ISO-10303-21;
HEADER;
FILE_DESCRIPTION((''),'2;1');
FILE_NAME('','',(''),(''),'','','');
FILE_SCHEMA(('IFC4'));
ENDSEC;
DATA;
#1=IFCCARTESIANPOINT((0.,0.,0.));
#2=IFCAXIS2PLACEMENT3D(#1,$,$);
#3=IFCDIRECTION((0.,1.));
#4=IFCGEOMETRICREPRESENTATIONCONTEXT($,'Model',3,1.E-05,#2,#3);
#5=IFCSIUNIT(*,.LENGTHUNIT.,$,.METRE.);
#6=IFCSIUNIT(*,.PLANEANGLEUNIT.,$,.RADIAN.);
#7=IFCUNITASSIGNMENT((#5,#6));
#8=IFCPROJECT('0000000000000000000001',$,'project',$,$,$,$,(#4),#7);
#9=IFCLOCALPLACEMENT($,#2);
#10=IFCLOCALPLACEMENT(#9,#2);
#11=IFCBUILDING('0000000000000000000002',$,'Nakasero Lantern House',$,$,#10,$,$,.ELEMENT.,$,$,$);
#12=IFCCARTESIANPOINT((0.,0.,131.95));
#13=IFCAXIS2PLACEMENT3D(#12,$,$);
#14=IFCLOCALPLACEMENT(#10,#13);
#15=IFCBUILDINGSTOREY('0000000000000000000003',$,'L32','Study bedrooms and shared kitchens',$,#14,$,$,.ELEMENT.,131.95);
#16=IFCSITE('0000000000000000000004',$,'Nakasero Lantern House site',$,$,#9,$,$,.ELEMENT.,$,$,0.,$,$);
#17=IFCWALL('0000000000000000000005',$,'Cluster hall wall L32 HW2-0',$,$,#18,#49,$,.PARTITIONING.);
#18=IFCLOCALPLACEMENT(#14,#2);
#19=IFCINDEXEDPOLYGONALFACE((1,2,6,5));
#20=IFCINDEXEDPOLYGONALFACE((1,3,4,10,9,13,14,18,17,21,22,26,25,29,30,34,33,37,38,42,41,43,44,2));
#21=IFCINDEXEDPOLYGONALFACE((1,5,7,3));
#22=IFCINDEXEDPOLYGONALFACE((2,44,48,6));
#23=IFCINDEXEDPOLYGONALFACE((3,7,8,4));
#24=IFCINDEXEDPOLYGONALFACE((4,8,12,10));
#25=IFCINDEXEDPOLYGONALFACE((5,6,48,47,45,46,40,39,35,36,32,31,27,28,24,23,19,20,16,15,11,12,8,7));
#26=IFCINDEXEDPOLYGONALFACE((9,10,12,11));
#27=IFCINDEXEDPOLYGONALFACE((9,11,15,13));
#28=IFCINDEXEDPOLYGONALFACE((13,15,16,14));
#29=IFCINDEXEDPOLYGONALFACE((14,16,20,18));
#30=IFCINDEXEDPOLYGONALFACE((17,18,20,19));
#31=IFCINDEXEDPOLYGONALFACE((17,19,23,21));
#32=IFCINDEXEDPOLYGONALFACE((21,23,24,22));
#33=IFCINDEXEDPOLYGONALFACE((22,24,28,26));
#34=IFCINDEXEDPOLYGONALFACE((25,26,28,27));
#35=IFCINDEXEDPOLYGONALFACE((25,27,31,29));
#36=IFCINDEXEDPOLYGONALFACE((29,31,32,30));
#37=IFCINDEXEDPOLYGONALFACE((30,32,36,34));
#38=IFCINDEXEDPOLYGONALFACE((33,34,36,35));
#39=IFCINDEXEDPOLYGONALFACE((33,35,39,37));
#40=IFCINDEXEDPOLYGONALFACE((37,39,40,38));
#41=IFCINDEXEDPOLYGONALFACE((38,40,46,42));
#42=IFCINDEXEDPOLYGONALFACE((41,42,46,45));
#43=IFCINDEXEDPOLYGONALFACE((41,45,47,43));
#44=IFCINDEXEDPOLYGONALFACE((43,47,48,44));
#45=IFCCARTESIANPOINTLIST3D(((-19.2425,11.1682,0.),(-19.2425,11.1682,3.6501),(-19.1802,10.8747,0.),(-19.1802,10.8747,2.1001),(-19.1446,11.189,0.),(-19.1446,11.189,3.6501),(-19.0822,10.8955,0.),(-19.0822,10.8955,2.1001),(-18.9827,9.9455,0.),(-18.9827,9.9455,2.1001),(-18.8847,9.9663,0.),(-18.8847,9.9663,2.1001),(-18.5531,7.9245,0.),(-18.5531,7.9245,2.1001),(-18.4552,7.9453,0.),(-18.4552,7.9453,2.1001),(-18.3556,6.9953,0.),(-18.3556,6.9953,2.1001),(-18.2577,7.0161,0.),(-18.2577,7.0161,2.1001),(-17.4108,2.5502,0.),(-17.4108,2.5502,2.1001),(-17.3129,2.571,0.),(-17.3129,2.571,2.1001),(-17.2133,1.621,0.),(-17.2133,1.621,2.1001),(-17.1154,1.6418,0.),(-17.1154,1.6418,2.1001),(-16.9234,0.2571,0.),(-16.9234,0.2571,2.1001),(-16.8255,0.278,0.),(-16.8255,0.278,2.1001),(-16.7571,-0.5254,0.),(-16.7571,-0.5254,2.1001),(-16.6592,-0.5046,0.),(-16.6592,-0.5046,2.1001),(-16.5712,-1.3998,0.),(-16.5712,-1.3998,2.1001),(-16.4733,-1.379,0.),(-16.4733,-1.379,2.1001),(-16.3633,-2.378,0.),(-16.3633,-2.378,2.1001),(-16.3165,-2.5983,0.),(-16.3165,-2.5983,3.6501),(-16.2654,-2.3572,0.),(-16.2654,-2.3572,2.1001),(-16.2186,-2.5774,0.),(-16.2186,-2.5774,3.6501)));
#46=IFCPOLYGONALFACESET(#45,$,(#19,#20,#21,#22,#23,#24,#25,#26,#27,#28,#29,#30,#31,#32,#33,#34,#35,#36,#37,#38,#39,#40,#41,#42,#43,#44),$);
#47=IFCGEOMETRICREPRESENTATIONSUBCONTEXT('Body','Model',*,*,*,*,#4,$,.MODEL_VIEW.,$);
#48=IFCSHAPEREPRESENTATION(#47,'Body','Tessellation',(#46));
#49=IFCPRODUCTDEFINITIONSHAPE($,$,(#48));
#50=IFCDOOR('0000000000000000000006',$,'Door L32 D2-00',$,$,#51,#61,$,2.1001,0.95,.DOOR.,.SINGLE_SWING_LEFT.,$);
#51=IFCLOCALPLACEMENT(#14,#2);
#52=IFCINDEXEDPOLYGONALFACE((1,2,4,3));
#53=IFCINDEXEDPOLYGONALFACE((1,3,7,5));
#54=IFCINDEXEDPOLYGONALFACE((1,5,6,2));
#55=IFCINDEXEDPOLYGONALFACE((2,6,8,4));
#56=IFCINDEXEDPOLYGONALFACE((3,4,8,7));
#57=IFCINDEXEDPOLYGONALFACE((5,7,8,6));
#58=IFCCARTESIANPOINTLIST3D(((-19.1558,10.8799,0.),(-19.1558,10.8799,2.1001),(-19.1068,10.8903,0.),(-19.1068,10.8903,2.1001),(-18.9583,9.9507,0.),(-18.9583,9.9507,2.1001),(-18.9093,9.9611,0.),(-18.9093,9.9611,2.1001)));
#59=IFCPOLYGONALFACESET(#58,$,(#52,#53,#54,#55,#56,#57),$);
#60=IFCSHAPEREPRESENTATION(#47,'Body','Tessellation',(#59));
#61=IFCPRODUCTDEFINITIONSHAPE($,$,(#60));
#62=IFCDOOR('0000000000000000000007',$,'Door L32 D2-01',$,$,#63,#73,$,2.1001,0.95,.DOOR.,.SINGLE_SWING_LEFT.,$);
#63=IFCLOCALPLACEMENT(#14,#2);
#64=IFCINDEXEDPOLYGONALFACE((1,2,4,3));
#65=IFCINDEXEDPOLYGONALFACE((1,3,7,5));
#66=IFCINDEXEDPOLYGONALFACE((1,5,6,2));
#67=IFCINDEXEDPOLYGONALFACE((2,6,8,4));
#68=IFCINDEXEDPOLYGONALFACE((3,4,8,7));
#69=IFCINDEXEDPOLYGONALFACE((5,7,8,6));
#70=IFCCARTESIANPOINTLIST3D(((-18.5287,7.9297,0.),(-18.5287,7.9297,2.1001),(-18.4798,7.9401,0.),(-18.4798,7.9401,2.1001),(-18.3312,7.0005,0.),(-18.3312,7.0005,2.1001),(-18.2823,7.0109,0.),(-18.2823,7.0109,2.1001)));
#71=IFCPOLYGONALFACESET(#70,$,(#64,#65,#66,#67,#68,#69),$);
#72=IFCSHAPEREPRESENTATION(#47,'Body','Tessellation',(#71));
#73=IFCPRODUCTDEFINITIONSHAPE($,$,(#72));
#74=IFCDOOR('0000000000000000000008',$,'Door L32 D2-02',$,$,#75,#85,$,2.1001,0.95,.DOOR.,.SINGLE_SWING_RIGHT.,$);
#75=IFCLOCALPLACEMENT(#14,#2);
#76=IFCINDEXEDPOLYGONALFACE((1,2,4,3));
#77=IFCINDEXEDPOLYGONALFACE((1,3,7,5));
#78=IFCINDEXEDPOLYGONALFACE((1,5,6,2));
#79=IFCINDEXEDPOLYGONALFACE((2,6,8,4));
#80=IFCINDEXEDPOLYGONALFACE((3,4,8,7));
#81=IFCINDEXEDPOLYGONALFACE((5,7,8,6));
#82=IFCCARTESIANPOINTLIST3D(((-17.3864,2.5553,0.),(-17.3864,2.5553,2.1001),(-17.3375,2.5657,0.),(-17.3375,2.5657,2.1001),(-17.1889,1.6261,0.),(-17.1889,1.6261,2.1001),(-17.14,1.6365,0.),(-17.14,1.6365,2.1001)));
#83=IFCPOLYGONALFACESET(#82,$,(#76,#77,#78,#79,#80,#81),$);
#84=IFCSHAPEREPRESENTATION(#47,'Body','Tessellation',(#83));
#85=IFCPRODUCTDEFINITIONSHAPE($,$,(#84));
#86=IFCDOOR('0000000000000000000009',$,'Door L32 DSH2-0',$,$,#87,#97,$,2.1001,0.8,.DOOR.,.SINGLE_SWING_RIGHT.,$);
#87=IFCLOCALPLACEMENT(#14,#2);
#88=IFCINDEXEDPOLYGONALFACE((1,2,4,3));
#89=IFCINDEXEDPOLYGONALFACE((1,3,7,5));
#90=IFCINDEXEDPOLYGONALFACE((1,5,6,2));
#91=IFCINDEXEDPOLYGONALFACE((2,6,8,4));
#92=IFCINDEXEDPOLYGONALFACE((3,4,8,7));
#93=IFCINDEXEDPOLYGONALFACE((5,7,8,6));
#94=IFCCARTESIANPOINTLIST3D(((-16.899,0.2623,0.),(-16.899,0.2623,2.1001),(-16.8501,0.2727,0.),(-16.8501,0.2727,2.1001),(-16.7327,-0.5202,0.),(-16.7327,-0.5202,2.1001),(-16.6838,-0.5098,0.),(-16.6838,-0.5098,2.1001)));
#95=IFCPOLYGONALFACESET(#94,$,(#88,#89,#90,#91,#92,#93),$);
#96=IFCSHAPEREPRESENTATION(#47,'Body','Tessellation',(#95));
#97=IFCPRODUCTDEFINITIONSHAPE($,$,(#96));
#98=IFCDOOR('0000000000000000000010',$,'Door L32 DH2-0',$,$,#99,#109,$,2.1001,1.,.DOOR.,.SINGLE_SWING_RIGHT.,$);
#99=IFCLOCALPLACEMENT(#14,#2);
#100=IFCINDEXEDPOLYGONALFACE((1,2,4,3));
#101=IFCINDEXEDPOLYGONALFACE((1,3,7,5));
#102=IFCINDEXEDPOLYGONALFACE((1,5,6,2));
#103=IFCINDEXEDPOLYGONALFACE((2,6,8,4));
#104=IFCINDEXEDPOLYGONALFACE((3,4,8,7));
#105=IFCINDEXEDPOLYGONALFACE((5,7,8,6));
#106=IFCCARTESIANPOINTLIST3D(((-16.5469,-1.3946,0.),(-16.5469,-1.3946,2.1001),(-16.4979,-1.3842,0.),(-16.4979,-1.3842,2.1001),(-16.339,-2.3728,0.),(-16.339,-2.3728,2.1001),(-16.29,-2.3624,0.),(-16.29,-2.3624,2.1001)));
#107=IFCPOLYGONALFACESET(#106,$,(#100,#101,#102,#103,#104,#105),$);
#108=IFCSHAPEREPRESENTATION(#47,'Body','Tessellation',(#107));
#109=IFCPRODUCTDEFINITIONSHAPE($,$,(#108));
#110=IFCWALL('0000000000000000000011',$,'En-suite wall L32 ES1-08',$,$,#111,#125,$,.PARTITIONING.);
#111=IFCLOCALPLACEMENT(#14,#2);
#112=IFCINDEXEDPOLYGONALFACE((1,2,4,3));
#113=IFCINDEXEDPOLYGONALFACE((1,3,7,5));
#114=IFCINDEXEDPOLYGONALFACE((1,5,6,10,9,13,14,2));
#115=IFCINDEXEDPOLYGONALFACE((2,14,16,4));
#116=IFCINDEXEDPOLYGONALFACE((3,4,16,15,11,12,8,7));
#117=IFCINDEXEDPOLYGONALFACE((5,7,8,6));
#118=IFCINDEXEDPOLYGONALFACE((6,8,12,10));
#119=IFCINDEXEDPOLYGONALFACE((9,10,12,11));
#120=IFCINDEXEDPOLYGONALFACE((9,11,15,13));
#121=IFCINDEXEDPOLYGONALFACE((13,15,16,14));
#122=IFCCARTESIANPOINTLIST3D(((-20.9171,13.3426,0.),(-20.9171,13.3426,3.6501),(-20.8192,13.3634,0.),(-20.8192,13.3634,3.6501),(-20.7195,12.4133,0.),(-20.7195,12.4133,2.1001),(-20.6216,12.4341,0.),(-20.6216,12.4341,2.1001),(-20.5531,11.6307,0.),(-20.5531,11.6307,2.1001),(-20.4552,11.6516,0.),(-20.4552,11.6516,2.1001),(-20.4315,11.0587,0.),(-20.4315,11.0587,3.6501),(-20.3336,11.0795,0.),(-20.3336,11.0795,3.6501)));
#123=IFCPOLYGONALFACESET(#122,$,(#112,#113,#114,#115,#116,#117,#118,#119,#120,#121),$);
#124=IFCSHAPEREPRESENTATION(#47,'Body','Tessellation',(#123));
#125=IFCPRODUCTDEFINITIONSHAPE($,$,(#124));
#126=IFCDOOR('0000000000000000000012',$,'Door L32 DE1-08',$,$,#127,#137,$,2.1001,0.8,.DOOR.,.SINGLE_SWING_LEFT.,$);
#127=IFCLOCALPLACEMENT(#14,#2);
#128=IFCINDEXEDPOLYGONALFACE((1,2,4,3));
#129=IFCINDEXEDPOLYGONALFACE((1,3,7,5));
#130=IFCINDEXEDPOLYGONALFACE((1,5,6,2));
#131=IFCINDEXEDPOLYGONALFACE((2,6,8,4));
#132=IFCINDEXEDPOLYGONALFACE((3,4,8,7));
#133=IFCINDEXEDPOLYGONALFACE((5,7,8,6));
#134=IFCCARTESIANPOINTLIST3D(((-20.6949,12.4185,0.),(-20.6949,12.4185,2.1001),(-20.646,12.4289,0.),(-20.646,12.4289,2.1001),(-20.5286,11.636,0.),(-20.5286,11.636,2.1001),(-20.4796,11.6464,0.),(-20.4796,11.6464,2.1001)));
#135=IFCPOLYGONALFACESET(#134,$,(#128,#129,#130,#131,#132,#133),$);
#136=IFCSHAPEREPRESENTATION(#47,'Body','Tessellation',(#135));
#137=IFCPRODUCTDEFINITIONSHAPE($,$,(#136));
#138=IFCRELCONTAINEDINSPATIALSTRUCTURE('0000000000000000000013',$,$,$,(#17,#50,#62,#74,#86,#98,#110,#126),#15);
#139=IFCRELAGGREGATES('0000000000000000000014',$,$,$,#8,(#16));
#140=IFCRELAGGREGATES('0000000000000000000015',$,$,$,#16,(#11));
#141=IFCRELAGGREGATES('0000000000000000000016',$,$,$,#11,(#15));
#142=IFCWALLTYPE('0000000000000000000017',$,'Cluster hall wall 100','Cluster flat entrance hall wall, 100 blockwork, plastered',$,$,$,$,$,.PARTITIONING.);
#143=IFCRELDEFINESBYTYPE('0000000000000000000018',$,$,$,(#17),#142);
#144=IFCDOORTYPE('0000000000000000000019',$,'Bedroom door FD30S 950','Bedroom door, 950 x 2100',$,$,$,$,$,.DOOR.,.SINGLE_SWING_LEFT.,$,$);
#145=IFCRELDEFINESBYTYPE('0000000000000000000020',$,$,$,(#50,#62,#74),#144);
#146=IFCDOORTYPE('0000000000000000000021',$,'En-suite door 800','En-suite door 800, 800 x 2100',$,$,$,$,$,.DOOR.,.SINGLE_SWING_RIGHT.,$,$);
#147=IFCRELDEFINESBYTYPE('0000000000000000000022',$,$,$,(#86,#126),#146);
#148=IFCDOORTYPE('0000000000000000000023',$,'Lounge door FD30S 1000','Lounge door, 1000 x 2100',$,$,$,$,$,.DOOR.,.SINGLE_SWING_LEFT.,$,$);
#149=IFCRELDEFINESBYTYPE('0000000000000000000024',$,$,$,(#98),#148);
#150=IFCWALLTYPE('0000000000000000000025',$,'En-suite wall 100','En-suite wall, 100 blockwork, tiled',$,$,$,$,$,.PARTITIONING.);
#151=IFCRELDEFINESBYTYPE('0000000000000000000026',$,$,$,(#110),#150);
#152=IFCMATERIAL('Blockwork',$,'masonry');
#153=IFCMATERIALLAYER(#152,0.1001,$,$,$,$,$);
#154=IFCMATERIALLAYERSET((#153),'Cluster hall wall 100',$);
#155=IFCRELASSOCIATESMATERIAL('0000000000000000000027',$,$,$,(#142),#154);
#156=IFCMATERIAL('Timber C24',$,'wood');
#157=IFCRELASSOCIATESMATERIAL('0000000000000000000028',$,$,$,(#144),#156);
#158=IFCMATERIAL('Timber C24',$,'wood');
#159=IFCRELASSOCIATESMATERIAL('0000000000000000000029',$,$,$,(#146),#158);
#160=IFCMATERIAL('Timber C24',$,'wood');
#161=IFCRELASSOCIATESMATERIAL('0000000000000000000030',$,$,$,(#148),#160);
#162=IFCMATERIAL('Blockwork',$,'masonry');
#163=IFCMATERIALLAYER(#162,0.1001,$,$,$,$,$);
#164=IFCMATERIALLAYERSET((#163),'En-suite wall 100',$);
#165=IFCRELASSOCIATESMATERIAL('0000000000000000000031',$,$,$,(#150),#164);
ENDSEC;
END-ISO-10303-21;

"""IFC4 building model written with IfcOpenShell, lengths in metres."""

from ifc_helpers import new_model, si_unit, direction, frame, frame_2d, origin, place, context, subcontext, project, spatial, rectangle, extrude, material, layer, layer_set, type_object, element, fill, save


model = new_model("IFC4")

# Units and contexts
model_context = context("Model", 3, precision=1e-05, world=origin(), true_north=direction((0.0, 1.0)))
body_context = subcontext(model_context, "Body", "Model", "MODEL_VIEW")
ifc_project = project(units=[si_unit("LENGTHUNIT", "METRE"), si_unit("PLANEANGLEUNIT", "RADIAN")], contexts=[model_context])

# Site, building, storey
site_placement = place(None, origin())
site = spatial("IfcSite", under=ifc_project, at=site_placement, Name="Nakasero Lantern House site", CompositionType="ELEMENT", RefElevation=0.0)
building_placement = place(site_placement, origin())
building = spatial("IfcBuilding", under=site, at=building_placement, Name="Nakasero Lantern House", CompositionType="ELEMENT")
storey_placement = place(building_placement, frame((0.0, 0.0, 131.95)))
storey = spatial("IfcBuildingStorey", under=building, at=storey_placement, Name="L32", Description="Study bedrooms and shared kitchens", CompositionType="ELEMENT", Elevation=131.95)

# Wall, openings, doors
ifc_material_1 = material(Name="Blockwork", Category="masonry")
ifc_layer_1 = layer(ifc_material_1, 0.1001)
ifc_layer_set_1 = layer_set([ifc_layer_1], Name="Cluster hall wall 100")
wall_type_1 = type_object("IfcWallType", Name="Cluster hall wall 100", Description="Cluster flat entrance hall wall, 100 blockwork, plastered", PredefinedType="PARTITIONING", material=ifc_layer_set_1)
wall_1_placement = place(storey_placement, frame((-19.1936, 11.1787, 0.0), z_axis=(0.0, 0.0, 1.0), x_axis=(0.207905, -0.978149, 0.0)))
wall_1 = element("IfcWall", 1, at=wall_1_placement, inside=storey, type_object=wall_type_1, Name="Cluster hall wall L32 HW2-0", PredefinedType="PARTITIONING", context=body_context, shape_type="SweptSolid", body=[
    extrude(rectangle(XDim=14.074, YDim=0.1001, at=frame_2d((7.0371, 0.0))), origin(), (0.0, 0.0, 1.0), 3.6501),
])
opening_1_placement = place(wall_1_placement, frame((12.8489, 0.0, 0.0)))
opening_1 = element("IfcOpeningElement", 2, at=opening_1_placement, cuts=wall_1, PredefinedType="OPENING", context=body_context, shape_type="SweptSolid", body=[
    extrude(rectangle(XDim=1.0, YDim=2.1001, at=frame_2d((0.5, 1.05))), frame((0.0, 0.0701, 0.0), z_axis=(0.0, -1.0, 0.0), x_axis=(1.0, 0.0, 0.0)), (0.0, 0.0, 1.0), 0.1401),
])
opening_2_placement = place(wall_1_placement, frame((11.155, 0.0, 0.0)))
opening_2 = element("IfcOpeningElement", 3, at=opening_2_placement, cuts=wall_1, PredefinedType="OPENING", context=body_context, shape_type="SweptSolid", body=[
    extrude(rectangle(XDim=0.8, YDim=2.1001, at=frame_2d((0.3999, 1.05))), frame((0.0, 0.0701, 0.0), z_axis=(0.0, -1.0, 0.0), x_axis=(1.0, 0.0, 0.0)), (0.0, 0.0, 1.0), 0.1401),
])
opening_3_placement = place(wall_1_placement, frame((0.3, 0.0, 0.0)))
opening_3 = element("IfcOpeningElement", 4, at=opening_3_placement, cuts=wall_1, PredefinedType="OPENING", context=body_context, shape_type="SweptSolid", body=[
    extrude(rectangle(XDim=0.95, YDim=2.1001, at=frame_2d((0.4751, 1.05))), frame((0.0, 0.0701, 0.0), z_axis=(0.0, -1.0, 0.0), x_axis=(1.0, 0.0, 0.0)), (0.0, 0.0, 1.0), 0.1401),
])
opening_4_placement = place(wall_1_placement, frame((3.3162, 0.0, 0.0)))
opening_4 = element("IfcOpeningElement", 5, at=opening_4_placement, cuts=wall_1, PredefinedType="OPENING", context=body_context, shape_type="SweptSolid", body=[
    extrude(rectangle(XDim=0.95, YDim=2.1001, at=frame_2d((0.4751, 1.05))), frame((0.0, 0.0701, 0.0), z_axis=(0.0, -1.0, 0.0), x_axis=(1.0, 0.0, 0.0)), (0.0, 0.0, 1.0), 0.1401),
])
opening_5_placement = place(wall_1_placement, frame((8.8105, 0.0, 0.0)))
opening_5 = element("IfcOpeningElement", 6, at=opening_5_placement, cuts=wall_1, PredefinedType="OPENING", context=body_context, shape_type="SweptSolid", body=[
    extrude(rectangle(XDim=0.95, YDim=2.1001, at=frame_2d((0.4751, 1.05))), frame((0.0, 0.0701, 0.0), z_axis=(0.0, -1.0, 0.0), x_axis=(1.0, 0.0, 0.0)), (0.0, 0.0, 1.0), 0.1401),
])
ifc_material_2 = material(Name="Timber C24", Category="wood")
door_type_1 = type_object("IfcDoorType", Name="Bedroom door FD30S 950", Description="Bedroom door, 950 x 2100", OperationType="SINGLE_SWING_LEFT", PredefinedType="DOOR", material=ifc_material_2)
door_1_placement = place(opening_3_placement, origin())
door_1 = element("IfcDoor", 7, at=door_1_placement, inside=storey, type_object=door_type_1, Name="Door L32 D2-00", OperationType="SINGLE_SWING_LEFT", OverallHeight=2.1001, OverallWidth=0.95, PredefinedType="DOOR", context=body_context, shape_type="SweptSolid", body=[
    extrude(rectangle(XDim=0.95, YDim=2.1001, at=frame_2d((0.4751, 1.05))), frame((0.0, 0.0249, 0.0), z_axis=(0.0, -1.0, 0.0), x_axis=(1.0, 0.0, 0.0)), (0.0, 0.0, 1.0), 0.05),
])
fill(opening_3, door_1)
door_2_placement = place(opening_4_placement, origin())
door_2 = element("IfcDoor", 8, at=door_2_placement, inside=storey, type_object=door_type_1, Name="Door L32 D2-01", OperationType="SINGLE_SWING_LEFT", OverallHeight=2.1001, OverallWidth=0.95, PredefinedType="DOOR", context=body_context, shape_type="SweptSolid", body=[
    extrude(rectangle(XDim=0.95, YDim=2.1001, at=frame_2d((0.4751, 1.05))), frame((0.0, 0.0249, 0.0), z_axis=(0.0, -1.0, 0.0), x_axis=(1.0, 0.0, 0.0)), (0.0, 0.0, 1.0), 0.05),
])
fill(opening_4, door_2)
door_3_placement = place(opening_5_placement, origin())
door_3 = element("IfcDoor", 9, at=door_3_placement, inside=storey, type_object=door_type_1, Name="Door L32 D2-02", OperationType="SINGLE_SWING_RIGHT", OverallHeight=2.1001, OverallWidth=0.95, PredefinedType="DOOR", context=body_context, shape_type="SweptSolid", body=[
    extrude(rectangle(XDim=0.95, YDim=2.1001, at=frame_2d((0.4751, 1.05))), frame((0.0, 0.0249, 0.0), z_axis=(0.0, -1.0, 0.0), x_axis=(1.0, 0.0, 0.0)), (0.0, 0.0, 1.0), 0.05),
])
fill(opening_5, door_3)
ifc_material_3 = material(Name="Timber C24", Category="wood")
door_type_2 = type_object("IfcDoorType", Name="En-suite door 800", Description="En-suite door 800, 800 x 2100", OperationType="SINGLE_SWING_RIGHT", PredefinedType="DOOR", material=ifc_material_3)
door_4_placement = place(opening_2_placement, origin())
door_4 = element("IfcDoor", 10, at=door_4_placement, inside=storey, type_object=door_type_2, Name="Door L32 DSH2-0", OperationType="SINGLE_SWING_RIGHT", OverallHeight=2.1001, OverallWidth=0.8, PredefinedType="DOOR", context=body_context, shape_type="SweptSolid", body=[
    extrude(rectangle(XDim=0.8, YDim=2.1001, at=frame_2d((0.3999, 1.05))), frame((0.0, 0.0249, 0.0), z_axis=(0.0, -1.0, 0.0), x_axis=(1.0, 0.0, 0.0)), (0.0, 0.0, 1.0), 0.05),
])
fill(opening_2, door_4)
ifc_material_4 = material(Name="Timber C24", Category="wood")
door_type_3 = type_object("IfcDoorType", Name="Lounge door FD30S 1000", Description="Lounge door, 1000 x 2100", OperationType="SINGLE_SWING_LEFT", PredefinedType="DOOR", material=ifc_material_4)
door_5_placement = place(opening_1_placement, origin())
door_5 = element("IfcDoor", 11, at=door_5_placement, inside=storey, type_object=door_type_3, Name="Door L32 DH2-0", OperationType="SINGLE_SWING_RIGHT", OverallHeight=2.1001, OverallWidth=1.0, PredefinedType="DOOR", context=body_context, shape_type="SweptSolid", body=[
    extrude(rectangle(XDim=1.0, YDim=2.1001, at=frame_2d((0.5, 1.05))), frame((0.0, 0.0249, 0.0), z_axis=(0.0, -1.0, 0.0), x_axis=(1.0, 0.0, 0.0)), (0.0, 0.0, 1.0), 0.05),
])
fill(opening_1, door_5)

# Wall, opening, door
ifc_material_5 = material(Name="Blockwork", Category="masonry")
ifc_layer_2 = layer(ifc_material_5, 0.1001)
ifc_layer_set_2 = layer_set([ifc_layer_2], Name="En-suite wall 100")
wall_type_2 = type_object("IfcWallType", Name="En-suite wall 100", Description="En-suite wall, 100 blockwork, tiled", PredefinedType="PARTITIONING", material=ifc_layer_set_2)
wall_2_placement = place(storey_placement, frame((-20.3826, 11.0691, 0.0), z_axis=(0.0, 0.0, 1.0), x_axis=(-0.207965, 0.978136, 0.0)))
wall_2 = element("IfcWall", 12, at=wall_2_placement, inside=storey, type_object=wall_type_2, Name="En-suite wall L32 ES1-08", PredefinedType="PARTITIONING", context=body_context, shape_type="SweptSolid", body=[
    extrude(rectangle(XDim=2.335, YDim=0.1001, at=frame_2d((1.1675, 0.0))), origin(), (0.0, 0.0, 1.0), 3.6501),
])
opening_6_placement = place(wall_2_placement, frame((0.585, 0.0, 0.0)))
opening_6 = element("IfcOpeningElement", 13, at=opening_6_placement, cuts=wall_2, PredefinedType="OPENING", context=body_context, shape_type="SweptSolid", body=[
    extrude(rectangle(XDim=0.8, YDim=2.1001, at=frame_2d((0.3999, 1.05))), frame((0.0, 0.0701, 0.0), z_axis=(0.0, -1.0, 0.0), x_axis=(1.0, 0.0, 0.0)), (0.0, 0.0, 1.0), 0.1401),
])
door_6_placement = place(opening_6_placement, origin())
door_6 = element("IfcDoor", 14, at=door_6_placement, inside=storey, type_object=door_type_2, Name="Door L32 DE1-08", OperationType="SINGLE_SWING_LEFT", OverallHeight=2.1001, OverallWidth=0.8, PredefinedType="DOOR", context=body_context, shape_type="SweptSolid", body=[
    extrude(rectangle(XDim=0.8, YDim=2.1001, at=frame_2d((0.3999, 1.05))), frame((0.0, 0.0249, 0.0), z_axis=(0.0, -1.0, 0.0), x_axis=(1.0, 0.0, 0.0)), (0.0, 0.0, 1.0), 0.05),
])
fill(opening_6, door_6)

save(model, "model.ifc")
